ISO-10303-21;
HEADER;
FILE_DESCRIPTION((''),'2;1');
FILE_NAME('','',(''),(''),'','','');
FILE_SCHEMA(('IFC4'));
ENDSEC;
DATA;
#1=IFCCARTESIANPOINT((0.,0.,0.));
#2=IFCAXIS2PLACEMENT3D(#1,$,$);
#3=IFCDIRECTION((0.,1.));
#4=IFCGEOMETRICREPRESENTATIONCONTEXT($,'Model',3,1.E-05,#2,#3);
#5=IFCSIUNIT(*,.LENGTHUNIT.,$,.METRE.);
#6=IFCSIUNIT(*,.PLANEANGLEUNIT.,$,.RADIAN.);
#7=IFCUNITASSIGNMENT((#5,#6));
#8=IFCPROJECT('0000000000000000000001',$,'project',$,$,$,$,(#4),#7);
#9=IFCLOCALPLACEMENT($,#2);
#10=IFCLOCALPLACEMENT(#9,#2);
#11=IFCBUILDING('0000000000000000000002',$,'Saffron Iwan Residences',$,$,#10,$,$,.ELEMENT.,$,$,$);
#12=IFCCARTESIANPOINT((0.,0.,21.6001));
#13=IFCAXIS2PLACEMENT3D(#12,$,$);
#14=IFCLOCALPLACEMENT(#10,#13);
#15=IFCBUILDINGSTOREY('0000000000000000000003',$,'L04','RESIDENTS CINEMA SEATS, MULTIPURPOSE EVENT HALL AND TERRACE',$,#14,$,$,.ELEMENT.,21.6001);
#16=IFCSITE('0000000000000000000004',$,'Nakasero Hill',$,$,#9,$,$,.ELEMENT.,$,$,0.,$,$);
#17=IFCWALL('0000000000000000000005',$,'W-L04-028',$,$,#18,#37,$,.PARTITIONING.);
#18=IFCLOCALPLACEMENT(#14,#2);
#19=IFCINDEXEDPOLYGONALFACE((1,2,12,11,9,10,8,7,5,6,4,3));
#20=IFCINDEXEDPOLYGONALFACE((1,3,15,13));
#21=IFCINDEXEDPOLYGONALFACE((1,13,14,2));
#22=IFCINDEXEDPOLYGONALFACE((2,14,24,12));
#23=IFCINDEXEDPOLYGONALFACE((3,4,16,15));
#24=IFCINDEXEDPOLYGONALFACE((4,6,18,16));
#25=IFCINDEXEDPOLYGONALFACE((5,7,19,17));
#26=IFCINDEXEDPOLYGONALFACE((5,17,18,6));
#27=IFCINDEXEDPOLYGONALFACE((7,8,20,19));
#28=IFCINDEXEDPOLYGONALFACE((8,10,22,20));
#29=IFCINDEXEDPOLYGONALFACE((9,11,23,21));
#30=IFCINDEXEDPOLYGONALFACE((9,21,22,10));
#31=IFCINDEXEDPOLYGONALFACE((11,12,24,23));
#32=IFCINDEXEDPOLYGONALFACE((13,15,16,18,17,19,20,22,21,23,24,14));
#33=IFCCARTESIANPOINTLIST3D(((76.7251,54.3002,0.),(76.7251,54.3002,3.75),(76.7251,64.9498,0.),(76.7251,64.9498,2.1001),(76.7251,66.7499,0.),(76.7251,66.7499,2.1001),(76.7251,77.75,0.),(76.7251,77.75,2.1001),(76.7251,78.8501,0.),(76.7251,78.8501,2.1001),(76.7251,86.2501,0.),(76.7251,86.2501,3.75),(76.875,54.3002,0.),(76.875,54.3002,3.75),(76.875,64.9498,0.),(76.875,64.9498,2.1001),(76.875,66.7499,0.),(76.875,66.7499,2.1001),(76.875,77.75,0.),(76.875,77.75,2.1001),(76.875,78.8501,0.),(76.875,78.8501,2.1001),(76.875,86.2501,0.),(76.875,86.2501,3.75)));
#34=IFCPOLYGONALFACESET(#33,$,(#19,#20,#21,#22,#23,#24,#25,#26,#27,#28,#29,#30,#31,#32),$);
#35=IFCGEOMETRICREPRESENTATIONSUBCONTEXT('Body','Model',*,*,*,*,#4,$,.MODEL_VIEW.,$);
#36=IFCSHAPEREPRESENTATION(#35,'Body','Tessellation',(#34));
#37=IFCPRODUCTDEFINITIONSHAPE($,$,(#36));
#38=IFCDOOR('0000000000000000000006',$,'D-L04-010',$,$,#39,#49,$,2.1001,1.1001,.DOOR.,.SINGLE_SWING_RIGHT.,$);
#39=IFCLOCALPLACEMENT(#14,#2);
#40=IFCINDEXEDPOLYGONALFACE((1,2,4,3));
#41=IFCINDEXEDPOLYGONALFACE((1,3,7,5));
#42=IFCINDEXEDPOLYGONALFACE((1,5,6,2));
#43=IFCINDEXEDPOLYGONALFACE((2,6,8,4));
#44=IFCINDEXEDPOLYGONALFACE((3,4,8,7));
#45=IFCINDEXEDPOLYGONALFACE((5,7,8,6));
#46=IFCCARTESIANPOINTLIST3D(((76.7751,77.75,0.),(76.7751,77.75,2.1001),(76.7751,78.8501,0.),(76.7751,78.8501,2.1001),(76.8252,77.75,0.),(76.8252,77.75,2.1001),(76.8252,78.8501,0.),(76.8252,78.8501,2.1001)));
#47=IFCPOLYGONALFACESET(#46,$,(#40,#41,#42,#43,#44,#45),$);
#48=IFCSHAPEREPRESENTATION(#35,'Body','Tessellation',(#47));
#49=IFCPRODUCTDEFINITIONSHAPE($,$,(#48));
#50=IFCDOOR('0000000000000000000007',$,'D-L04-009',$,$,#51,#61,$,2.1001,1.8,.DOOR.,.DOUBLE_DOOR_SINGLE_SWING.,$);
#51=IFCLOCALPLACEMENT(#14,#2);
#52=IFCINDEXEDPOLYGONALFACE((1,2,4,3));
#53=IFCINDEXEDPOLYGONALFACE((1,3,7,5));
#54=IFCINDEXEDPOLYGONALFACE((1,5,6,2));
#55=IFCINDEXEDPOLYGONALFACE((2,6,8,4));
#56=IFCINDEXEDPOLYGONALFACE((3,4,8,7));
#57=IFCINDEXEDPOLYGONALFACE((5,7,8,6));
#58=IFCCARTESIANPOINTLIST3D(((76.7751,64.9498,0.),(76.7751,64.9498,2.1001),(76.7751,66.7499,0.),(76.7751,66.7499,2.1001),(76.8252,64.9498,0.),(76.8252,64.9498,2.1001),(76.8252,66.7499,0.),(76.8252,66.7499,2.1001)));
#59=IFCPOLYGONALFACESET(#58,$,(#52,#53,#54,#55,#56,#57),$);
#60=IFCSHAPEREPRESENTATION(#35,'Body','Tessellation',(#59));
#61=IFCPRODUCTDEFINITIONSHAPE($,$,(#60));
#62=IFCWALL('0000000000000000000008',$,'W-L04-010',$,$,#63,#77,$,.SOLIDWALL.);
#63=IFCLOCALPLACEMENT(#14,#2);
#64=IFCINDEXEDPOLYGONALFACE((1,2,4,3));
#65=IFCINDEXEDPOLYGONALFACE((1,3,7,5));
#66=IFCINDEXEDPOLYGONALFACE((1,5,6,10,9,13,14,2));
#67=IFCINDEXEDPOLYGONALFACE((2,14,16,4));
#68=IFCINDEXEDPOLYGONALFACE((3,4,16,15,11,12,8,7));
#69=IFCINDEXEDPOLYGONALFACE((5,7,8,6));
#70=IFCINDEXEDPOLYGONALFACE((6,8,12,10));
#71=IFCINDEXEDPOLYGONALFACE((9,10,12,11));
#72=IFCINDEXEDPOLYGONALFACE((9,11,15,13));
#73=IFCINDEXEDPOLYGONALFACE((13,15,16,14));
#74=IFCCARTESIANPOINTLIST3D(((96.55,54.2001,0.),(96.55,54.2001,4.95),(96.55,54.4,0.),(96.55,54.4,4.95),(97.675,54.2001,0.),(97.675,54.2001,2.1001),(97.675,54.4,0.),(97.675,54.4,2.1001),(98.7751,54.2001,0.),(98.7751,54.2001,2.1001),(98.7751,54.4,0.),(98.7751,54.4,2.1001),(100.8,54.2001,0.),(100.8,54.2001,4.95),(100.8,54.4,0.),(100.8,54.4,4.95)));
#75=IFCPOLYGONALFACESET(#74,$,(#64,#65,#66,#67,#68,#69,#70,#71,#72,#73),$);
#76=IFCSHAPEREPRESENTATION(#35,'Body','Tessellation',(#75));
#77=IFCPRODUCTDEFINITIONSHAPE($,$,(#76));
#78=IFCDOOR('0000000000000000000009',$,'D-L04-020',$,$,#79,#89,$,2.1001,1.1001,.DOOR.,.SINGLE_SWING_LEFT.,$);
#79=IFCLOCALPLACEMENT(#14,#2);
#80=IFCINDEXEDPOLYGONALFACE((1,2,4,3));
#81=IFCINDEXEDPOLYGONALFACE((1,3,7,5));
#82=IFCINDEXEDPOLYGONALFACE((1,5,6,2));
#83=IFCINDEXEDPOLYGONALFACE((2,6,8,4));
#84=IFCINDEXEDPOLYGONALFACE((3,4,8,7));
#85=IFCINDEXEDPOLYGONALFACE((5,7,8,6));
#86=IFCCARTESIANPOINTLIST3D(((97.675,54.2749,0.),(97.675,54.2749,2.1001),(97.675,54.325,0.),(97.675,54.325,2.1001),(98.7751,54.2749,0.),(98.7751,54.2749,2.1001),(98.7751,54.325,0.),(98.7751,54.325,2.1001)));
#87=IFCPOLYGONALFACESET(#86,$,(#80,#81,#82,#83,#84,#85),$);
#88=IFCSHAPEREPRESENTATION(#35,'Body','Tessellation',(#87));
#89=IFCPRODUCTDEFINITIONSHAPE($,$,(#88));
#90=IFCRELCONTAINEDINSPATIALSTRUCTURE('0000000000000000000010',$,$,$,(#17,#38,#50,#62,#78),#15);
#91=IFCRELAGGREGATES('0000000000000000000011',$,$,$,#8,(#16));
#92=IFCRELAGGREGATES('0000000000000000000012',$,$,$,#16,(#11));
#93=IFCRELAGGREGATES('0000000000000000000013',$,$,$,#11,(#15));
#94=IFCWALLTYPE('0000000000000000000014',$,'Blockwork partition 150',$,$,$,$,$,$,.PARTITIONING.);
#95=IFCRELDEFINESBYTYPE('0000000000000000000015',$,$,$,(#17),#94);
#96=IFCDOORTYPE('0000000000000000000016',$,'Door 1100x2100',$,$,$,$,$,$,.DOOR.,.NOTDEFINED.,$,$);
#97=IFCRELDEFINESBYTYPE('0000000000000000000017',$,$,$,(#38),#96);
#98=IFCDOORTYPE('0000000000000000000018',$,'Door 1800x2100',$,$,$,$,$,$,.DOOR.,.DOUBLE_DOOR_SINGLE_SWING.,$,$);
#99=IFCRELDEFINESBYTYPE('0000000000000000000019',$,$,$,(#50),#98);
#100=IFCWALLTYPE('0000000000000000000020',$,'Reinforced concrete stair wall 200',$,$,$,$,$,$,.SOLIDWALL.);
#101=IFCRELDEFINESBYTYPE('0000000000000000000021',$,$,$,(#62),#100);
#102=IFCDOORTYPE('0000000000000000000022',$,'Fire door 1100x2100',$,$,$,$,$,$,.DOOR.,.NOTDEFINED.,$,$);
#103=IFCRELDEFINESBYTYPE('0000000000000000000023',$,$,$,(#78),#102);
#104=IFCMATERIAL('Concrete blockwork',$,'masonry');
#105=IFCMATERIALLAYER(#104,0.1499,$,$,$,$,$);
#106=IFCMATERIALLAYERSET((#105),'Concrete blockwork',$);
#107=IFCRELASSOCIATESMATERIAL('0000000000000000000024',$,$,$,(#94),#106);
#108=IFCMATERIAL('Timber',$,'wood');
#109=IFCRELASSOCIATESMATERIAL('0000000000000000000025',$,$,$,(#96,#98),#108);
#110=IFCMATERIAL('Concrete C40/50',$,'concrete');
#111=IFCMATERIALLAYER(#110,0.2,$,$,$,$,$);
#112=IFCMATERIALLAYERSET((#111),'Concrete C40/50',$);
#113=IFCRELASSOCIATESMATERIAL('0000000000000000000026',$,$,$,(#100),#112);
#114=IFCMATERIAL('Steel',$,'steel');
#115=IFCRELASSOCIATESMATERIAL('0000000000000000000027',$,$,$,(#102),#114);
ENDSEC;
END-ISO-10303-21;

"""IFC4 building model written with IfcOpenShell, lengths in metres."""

from ifc_helpers import new_model, si_unit, direction, frame, frame_2d, origin, place, context, subcontext, project, spatial, rectangle, extrude, material, layer, layer_set, type_object, element, fill, save


model = new_model("IFC4")

# Units and contexts
model_context = context("Model", 3, precision=1e-05, world=origin(), true_north=direction((0.0, 1.0)))
body_context = subcontext(model_context, "Body", "Model", "MODEL_VIEW")
ifc_project = project(units=[si_unit("LENGTHUNIT", "METRE"), si_unit("PLANEANGLEUNIT", "RADIAN")], contexts=[model_context])

# Site, building, storey
site_placement = place(None, origin())
site = spatial("IfcSite", under=ifc_project, at=site_placement, Name="Nakasero Hill", CompositionType="ELEMENT", RefElevation=0.0)
building_placement = place(site_placement, origin())
building = spatial("IfcBuilding", under=site, at=building_placement, Name="Saffron Iwan Residences", CompositionType="ELEMENT")
storey_placement = place(building_placement, frame((0.0, 0.0, 21.6001)))
storey = spatial("IfcBuildingStorey", under=building, at=storey_placement, Name="L04", Description="RESIDENTS CINEMA SEATS, MULTIPURPOSE EVENT HALL AND TERRACE", CompositionType="ELEMENT", Elevation=21.6001)

# Shared definitions
ifc_material_1 = material(Name="Concrete blockwork", Category="masonry")
ifc_layer_1 = layer(ifc_material_1, 0.1499)
ifc_layer_set_1 = layer_set([ifc_layer_1], Name="Concrete blockwork")
wall_type_1 = type_object("IfcWallType", Name="Blockwork partition 150", PredefinedType="PARTITIONING", material=ifc_layer_set_1)
ifc_material_2 = material(Name="Timber", Category="wood")
door_type_1 = type_object("IfcDoorType", Name="Door 1100x2100", OperationType="NOTDEFINED", PredefinedType="DOOR", material=ifc_material_2)

# Wall, openings, doors
wall_1_placement = place(storey_placement, frame((76.8, 54.3, 0.0), z_axis=(0.0, 0.0, 1.0), x_axis=(0.0, 1.0, 0.0)))
wall_1 = element("IfcWall", 1, at=wall_1_placement, inside=storey, type_object=wall_type_1, Name="W-L04-028", PredefinedType="PARTITIONING", context=body_context, shape_type="SweptSolid", body=[
    extrude(rectangle(XDim=31.95, YDim=0.1499, at=frame_2d((15.9751, 0.0))), origin(), (0.0, 0.0, 1.0), 3.75),
])
opening_1_placement = place(wall_1_placement, frame((10.6499, 0.0, 0.0)))
opening_1 = element("IfcOpeningElement", 2, at=opening_1_placement, cuts=wall_1, PredefinedType="OPENING", context=body_context, shape_type="SweptSolid", body=[
    extrude(rectangle(XDim=1.8, YDim=2.1001, at=frame_2d((0.8999, 1.05))), frame((0.0, 0.085, 0.0), z_axis=(0.0, -1.0, 0.0), x_axis=(1.0, 0.0, 0.0)), (0.0, 0.0, 1.0), 0.1699),
])
opening_2_placement = place(wall_1_placement, frame((23.45, 0.0, 0.0)))
opening_2 = element("IfcOpeningElement", 3, at=opening_2_placement, cuts=wall_1, PredefinedType="OPENING", context=body_context, shape_type="SweptSolid", body=[
    extrude(rectangle(XDim=1.1001, YDim=2.1001, at=frame_2d((0.55, 1.05))), frame((0.0, 0.085, 0.0), z_axis=(0.0, -1.0, 0.0), x_axis=(1.0, 0.0, 0.0)), (0.0, 0.0, 1.0), 0.1699),
])
door_1_placement = place(opening_2_placement, origin())
door_1 = element("IfcDoor", 4, at=door_1_placement, inside=storey, type_object=door_type_1, Name="D-L04-010", OperationType="SINGLE_SWING_RIGHT", OverallHeight=2.1001, OverallWidth=1.1001, PredefinedType="DOOR", context=body_context, shape_type="SweptSolid", body=[
    extrude(rectangle(XDim=1.1001, YDim=2.1001, at=frame_2d((0.55, 1.05))), frame((0.0, 0.0249, 0.0), z_axis=(0.0, -1.0, 0.0), x_axis=(1.0, 0.0, 0.0)), (0.0, 0.0, 1.0), 0.05),
])
fill(opening_2, door_1)
door_type_2 = type_object("IfcDoorType", Name="Door 1800x2100", OperationType="DOUBLE_DOOR_SINGLE_SWING", PredefinedType="DOOR", material=ifc_material_2)
door_2_placement = place(opening_1_placement, origin())
door_2 = element("IfcDoor", 5, at=door_2_placement, inside=storey, type_object=door_type_2, Name="D-L04-009", OperationType="DOUBLE_DOOR_SINGLE_SWING", OverallHeight=2.1001, OverallWidth=1.8, PredefinedType="DOOR", context=body_context, shape_type="SweptSolid", body=[
    extrude(rectangle(XDim=1.8, YDim=2.1001, at=frame_2d((0.8999, 1.05))), frame((0.0, 0.0249, 0.0), z_axis=(0.0, -1.0, 0.0), x_axis=(1.0, 0.0, 0.0)), (0.0, 0.0, 1.0), 0.05),
])
fill(opening_1, door_2)

# Wall, opening, door
ifc_material_3 = material(Name="Concrete C40/50", Category="concrete")
ifc_layer_2 = layer(ifc_material_3, 0.2)
ifc_layer_set_2 = layer_set([ifc_layer_2], Name="Concrete C40/50")
wall_type_2 = type_object("IfcWallType", Name="Reinforced concrete stair wall 200", PredefinedType="SOLIDWALL", material=ifc_layer_set_2)
wall_2_placement = place(storey_placement, frame((96.55, 54.3, 0.0), z_axis=(0.0, 0.0, 1.0), x_axis=(1.0, 0.0, 0.0)))
wall_2 = element("IfcWall", 6, at=wall_2_placement, inside=storey, type_object=wall_type_2, Name="W-L04-010", PredefinedType="SOLIDWALL", context=body_context, shape_type="SweptSolid", body=[
    extrude(rectangle(XDim=4.25, YDim=0.2, at=frame_2d((2.125, 0.0))), origin(), (0.0, 0.0, 1.0), 4.95),
])
opening_3_placement = place(wall_2_placement, frame((1.125, 0.0, 0.0)))
opening_3 = element("IfcOpeningElement", 7, at=opening_3_placement, cuts=wall_2, PredefinedType="OPENING", context=body_context, shape_type="SweptSolid", body=[
    extrude(rectangle(XDim=1.1001, YDim=2.1001, at=frame_2d((0.55, 1.05))), frame((0.0, 0.1099, 0.0), z_axis=(0.0, -1.0, 0.0), x_axis=(1.0, 0.0, 0.0)), (0.0, 0.0, 1.0), 0.22),
])
ifc_material_4 = material(Name="Steel", Category="steel")
door_type_3 = type_object("IfcDoorType", Name="Fire door 1100x2100", OperationType="NOTDEFINED", PredefinedType="DOOR", material=ifc_material_4)
door_3_placement = place(opening_3_placement, origin())
door_3 = element("IfcDoor", 8, at=door_3_placement, inside=storey, type_object=door_type_3, Name="D-L04-020", OperationType="SINGLE_SWING_LEFT", OverallHeight=2.1001, OverallWidth=1.1001, PredefinedType="DOOR", context=body_context, shape_type="SweptSolid", body=[
    extrude(rectangle(XDim=1.1001, YDim=2.1001, at=frame_2d((0.55, 1.05))), frame((0.0, 0.0249, 0.0), z_axis=(0.0, -1.0, 0.0), x_axis=(1.0, 0.0, 0.0)), (0.0, 0.0, 1.0), 0.05),
])
fill(opening_3, door_3)

save(model, "model.ifc")
